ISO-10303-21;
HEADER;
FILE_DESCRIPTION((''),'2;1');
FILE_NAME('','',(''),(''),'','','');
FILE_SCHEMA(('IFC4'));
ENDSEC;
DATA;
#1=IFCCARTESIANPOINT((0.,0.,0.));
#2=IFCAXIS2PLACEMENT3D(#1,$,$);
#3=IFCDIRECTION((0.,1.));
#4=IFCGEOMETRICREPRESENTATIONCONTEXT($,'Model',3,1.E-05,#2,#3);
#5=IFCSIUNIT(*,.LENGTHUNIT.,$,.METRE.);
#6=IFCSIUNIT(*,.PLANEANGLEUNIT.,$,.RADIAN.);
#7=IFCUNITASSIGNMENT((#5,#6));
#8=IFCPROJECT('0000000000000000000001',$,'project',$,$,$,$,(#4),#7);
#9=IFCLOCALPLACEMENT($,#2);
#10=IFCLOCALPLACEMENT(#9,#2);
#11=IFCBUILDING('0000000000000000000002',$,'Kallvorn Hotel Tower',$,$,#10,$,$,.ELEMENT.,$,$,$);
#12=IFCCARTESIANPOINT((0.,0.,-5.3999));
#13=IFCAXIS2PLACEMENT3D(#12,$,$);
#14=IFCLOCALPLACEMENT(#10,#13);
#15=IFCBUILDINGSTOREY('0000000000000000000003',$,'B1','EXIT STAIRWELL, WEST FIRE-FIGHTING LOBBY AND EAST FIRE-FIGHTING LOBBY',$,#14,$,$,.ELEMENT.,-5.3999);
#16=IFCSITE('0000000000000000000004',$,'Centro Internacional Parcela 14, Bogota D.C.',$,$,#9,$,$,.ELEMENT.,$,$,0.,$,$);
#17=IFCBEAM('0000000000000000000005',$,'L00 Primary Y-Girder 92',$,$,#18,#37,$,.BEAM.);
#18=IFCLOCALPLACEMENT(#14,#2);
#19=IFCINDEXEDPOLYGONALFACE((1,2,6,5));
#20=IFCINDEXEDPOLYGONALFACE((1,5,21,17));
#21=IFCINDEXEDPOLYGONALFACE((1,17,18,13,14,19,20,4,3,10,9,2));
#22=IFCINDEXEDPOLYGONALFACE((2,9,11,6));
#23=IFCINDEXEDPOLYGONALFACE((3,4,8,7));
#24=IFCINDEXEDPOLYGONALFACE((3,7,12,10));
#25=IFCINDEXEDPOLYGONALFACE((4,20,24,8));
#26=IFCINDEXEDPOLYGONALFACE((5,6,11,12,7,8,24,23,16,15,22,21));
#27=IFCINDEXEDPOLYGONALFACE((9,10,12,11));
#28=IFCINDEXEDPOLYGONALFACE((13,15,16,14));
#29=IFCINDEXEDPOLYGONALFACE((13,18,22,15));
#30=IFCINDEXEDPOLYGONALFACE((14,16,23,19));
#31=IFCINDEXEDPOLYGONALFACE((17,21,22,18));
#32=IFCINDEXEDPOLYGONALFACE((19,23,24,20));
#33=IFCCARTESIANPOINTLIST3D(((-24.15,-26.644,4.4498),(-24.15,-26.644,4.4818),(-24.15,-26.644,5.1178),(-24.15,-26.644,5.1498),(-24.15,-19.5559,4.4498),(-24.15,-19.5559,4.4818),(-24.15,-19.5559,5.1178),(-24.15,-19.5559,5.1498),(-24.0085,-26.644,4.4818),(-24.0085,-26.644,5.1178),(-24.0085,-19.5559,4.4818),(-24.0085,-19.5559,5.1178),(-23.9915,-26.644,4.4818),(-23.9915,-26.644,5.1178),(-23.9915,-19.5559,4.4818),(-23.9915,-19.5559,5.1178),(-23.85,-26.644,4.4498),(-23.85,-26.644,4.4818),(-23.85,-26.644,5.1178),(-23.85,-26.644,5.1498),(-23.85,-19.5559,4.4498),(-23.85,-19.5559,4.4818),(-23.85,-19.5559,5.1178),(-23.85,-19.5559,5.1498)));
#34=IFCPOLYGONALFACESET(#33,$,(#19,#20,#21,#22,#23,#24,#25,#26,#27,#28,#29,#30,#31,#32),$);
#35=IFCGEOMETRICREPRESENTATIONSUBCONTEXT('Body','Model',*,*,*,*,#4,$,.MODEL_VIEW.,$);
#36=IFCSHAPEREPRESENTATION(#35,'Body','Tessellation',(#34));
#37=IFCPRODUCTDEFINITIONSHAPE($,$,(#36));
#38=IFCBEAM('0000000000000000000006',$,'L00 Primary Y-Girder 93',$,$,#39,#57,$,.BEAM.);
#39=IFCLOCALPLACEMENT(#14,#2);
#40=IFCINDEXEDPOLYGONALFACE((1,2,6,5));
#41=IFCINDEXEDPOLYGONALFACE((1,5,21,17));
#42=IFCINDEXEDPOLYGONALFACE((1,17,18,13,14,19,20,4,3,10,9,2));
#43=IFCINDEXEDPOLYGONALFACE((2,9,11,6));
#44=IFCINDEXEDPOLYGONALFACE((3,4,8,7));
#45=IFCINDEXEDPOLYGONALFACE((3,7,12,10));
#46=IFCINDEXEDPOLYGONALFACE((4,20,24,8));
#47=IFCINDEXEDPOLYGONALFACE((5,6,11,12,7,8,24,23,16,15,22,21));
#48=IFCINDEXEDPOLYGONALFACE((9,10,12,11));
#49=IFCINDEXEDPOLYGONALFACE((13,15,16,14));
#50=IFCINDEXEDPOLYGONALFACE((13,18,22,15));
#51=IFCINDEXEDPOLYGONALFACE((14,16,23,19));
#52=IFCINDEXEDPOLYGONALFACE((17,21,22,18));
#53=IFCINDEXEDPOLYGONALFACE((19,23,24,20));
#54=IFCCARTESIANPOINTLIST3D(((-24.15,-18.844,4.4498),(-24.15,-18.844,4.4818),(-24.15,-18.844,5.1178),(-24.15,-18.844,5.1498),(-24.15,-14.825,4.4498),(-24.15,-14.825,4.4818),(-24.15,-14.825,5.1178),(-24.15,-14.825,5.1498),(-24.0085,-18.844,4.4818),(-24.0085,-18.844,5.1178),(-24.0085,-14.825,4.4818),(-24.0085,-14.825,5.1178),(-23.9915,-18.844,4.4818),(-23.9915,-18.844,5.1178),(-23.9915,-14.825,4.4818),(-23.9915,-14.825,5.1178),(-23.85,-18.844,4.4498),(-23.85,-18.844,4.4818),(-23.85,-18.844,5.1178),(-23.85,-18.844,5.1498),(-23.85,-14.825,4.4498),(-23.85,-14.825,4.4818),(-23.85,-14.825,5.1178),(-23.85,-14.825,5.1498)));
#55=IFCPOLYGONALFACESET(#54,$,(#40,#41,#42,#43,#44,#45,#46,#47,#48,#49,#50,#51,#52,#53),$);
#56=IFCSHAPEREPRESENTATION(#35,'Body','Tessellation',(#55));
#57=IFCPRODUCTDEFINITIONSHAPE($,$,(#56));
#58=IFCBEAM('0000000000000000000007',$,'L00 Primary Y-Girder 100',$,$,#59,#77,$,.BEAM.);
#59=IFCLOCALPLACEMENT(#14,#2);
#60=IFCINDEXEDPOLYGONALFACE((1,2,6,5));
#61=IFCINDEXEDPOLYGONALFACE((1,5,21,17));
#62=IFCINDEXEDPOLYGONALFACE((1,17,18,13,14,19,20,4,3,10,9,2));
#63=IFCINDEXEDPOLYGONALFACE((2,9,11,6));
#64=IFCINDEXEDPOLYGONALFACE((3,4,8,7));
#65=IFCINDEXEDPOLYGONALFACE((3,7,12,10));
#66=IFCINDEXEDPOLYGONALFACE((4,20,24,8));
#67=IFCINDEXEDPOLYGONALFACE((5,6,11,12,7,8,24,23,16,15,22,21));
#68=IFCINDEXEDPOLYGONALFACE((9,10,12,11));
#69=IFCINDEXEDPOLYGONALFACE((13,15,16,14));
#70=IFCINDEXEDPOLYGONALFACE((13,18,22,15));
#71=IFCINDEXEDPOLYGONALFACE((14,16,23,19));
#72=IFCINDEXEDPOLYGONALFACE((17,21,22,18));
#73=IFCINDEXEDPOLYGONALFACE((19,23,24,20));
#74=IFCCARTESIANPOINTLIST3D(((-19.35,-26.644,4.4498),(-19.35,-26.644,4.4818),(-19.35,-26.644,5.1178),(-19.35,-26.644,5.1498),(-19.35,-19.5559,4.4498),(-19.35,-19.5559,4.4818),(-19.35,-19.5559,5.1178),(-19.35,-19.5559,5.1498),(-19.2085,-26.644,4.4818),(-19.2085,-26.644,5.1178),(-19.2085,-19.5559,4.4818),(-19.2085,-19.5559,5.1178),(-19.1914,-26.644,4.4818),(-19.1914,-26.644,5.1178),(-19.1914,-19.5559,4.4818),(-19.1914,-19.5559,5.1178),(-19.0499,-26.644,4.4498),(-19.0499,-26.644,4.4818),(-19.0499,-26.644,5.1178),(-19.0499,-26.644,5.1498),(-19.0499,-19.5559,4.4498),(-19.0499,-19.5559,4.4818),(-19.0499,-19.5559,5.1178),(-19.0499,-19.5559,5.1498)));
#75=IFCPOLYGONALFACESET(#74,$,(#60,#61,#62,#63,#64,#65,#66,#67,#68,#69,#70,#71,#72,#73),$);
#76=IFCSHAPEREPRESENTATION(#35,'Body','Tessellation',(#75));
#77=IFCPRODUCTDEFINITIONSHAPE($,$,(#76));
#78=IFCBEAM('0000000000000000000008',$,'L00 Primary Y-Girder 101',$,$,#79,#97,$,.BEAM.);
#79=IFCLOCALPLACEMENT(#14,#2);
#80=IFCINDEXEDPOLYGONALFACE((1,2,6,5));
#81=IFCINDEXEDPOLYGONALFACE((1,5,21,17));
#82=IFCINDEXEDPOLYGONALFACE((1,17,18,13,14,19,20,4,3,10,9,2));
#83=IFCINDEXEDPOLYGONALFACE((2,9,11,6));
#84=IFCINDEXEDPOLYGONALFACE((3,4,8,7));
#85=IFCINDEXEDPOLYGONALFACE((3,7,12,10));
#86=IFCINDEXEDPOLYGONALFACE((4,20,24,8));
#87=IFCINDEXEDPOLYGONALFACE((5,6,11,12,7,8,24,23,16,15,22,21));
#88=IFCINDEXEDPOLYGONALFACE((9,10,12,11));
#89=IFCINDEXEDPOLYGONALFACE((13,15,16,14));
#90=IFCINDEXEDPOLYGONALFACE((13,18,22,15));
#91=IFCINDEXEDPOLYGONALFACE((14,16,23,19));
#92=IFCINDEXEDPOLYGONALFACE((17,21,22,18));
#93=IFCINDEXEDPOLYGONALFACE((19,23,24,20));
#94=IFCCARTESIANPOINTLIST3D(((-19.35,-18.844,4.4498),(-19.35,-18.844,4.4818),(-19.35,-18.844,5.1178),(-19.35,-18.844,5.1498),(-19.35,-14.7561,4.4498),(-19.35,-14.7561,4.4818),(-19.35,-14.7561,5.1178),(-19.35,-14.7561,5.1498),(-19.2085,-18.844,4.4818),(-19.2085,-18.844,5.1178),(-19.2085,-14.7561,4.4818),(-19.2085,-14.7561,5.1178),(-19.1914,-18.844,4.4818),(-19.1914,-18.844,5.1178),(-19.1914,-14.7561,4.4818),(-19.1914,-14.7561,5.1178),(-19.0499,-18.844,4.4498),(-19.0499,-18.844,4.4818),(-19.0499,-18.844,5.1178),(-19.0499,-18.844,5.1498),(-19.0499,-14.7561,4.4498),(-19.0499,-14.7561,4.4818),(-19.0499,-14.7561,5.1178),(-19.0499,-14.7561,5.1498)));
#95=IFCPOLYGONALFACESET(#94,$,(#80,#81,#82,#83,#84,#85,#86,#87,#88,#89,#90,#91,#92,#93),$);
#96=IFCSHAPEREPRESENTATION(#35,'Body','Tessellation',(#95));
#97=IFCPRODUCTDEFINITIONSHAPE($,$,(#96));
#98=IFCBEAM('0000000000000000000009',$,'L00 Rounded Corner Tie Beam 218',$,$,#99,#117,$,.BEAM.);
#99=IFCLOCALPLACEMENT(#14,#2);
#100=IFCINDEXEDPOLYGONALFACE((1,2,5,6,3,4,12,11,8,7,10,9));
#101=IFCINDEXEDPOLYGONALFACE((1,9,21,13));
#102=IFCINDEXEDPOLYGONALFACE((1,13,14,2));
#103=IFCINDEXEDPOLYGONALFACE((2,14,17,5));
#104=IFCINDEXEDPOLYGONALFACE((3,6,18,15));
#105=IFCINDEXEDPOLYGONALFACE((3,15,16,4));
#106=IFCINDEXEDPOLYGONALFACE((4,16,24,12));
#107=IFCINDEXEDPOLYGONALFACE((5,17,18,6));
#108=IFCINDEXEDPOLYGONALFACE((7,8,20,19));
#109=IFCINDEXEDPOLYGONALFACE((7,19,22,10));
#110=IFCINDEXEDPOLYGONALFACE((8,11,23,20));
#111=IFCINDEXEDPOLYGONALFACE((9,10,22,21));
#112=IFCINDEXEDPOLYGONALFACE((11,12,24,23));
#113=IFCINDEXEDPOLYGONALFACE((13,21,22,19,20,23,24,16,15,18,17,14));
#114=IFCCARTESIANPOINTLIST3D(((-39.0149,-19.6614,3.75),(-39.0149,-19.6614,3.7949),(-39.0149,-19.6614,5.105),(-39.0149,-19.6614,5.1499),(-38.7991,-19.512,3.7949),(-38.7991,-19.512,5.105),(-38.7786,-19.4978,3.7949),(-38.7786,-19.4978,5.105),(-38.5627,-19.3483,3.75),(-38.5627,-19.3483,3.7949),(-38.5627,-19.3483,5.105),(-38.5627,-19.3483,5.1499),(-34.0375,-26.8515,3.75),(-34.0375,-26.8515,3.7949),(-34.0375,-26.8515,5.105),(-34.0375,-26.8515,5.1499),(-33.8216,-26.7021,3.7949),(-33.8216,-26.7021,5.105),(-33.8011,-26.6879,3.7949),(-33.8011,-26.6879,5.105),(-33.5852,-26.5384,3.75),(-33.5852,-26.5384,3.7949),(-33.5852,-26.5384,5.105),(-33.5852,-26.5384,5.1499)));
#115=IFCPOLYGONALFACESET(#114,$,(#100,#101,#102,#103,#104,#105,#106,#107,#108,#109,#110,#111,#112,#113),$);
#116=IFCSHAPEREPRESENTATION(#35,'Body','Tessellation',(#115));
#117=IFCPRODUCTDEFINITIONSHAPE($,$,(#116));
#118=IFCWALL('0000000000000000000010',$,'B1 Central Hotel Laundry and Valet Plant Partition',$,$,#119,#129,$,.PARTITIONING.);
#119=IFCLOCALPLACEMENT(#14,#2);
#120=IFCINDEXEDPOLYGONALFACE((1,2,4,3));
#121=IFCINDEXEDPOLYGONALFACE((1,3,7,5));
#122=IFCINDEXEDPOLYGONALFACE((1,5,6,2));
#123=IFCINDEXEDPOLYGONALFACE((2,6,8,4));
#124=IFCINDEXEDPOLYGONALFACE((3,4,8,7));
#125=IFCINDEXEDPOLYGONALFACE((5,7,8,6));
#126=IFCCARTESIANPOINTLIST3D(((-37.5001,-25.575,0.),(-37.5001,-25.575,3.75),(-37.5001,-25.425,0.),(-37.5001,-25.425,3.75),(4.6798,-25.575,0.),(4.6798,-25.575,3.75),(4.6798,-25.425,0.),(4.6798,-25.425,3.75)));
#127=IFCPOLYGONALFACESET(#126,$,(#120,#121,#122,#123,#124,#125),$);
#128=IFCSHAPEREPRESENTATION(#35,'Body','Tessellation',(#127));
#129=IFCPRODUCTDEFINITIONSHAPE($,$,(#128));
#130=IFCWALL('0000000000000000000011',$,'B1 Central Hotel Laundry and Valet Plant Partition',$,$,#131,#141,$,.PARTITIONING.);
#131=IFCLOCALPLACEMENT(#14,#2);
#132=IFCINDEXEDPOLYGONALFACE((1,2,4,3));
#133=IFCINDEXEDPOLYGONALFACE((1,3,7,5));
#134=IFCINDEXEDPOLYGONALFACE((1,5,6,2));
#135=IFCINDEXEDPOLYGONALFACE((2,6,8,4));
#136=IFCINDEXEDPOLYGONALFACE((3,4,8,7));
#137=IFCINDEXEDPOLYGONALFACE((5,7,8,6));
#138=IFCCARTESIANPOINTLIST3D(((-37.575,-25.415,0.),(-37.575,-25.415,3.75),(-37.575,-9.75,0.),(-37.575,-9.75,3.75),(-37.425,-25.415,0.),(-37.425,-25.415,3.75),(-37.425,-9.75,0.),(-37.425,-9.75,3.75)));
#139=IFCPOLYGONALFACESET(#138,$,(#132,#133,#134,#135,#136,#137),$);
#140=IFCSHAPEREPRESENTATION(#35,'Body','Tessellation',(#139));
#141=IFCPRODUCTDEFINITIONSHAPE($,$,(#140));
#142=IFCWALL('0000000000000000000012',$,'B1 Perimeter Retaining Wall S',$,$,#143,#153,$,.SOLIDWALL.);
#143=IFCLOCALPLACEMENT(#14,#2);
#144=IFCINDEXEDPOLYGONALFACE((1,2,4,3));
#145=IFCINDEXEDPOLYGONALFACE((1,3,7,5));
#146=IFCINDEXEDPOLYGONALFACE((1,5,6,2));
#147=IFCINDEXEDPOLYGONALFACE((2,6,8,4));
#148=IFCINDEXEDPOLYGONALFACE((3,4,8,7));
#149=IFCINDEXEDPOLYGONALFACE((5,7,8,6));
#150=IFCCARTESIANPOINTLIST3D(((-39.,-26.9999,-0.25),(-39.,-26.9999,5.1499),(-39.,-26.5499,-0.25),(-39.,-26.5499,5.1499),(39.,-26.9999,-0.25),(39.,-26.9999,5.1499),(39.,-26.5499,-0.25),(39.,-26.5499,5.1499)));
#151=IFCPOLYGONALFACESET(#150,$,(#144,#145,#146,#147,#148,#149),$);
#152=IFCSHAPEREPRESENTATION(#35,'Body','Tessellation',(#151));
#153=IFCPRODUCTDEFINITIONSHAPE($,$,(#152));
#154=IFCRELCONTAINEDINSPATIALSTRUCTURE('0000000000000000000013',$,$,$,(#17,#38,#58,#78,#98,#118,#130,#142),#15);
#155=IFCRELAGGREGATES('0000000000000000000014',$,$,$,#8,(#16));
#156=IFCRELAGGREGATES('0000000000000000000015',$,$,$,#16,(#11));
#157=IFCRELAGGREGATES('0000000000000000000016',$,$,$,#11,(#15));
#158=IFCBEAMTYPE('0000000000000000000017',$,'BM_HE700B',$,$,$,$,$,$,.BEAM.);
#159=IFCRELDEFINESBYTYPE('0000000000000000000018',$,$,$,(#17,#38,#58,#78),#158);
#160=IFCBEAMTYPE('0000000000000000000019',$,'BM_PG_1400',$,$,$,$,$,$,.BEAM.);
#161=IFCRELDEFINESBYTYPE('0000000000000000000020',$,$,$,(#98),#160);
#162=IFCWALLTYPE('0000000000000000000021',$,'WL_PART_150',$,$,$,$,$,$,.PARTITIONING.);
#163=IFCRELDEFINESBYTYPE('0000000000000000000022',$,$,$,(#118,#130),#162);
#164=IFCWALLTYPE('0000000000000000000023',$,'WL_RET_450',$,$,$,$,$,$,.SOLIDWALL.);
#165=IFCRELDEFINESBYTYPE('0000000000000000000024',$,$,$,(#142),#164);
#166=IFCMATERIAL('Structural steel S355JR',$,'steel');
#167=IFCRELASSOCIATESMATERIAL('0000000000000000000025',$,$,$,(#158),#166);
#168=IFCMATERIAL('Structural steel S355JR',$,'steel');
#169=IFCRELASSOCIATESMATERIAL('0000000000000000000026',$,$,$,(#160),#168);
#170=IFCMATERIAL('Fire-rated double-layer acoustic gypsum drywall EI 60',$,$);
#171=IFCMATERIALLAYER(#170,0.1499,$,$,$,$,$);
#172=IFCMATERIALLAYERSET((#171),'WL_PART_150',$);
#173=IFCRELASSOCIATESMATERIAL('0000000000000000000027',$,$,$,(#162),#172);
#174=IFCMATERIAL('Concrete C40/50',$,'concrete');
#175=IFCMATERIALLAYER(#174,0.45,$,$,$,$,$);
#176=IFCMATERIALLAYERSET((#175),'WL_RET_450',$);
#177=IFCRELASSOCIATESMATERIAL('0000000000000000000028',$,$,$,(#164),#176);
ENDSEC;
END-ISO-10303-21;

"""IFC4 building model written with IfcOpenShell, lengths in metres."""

from ifc_helpers import new_model, si_unit, direction, frame, frame_2d, origin, origin_2d, place, context, subcontext, project, spatial, rectangle, i_section, extrude, material, layer, layer_set, material_profile, profile_set, type_object, element, save


model = new_model("IFC4")

# Units and contexts
model_context = context("Model", 3, precision=1e-05, world=origin(), true_north=direction((0.0, 1.0)))
body_context = subcontext(model_context, "Body", "Model", "MODEL_VIEW")
ifc_project = project(units=[si_unit("LENGTHUNIT", "METRE"), si_unit("PLANEANGLEUNIT", "RADIAN")], contexts=[model_context])

# Site, building, storey
site_placement = place(None, origin())
site = spatial("IfcSite", under=ifc_project, at=site_placement, Name="Centro Internacional Parcela 14, Bogota D.C.", CompositionType="ELEMENT", RefElevation=0.0)
building_placement = place(site_placement, origin())
building = spatial("IfcBuilding", under=site, at=building_placement, Name="Kallvorn Hotel Tower", CompositionType="ELEMENT")
storey_placement = place(building_placement, frame((0.0, 0.0, -5.3999)))
storey = spatial("IfcBuildingStorey", under=building, at=storey_placement, Name="B1", Description="EXIT STAIRWELL, WEST FIRE-FIGHTING LOBBY AND EAST FIRE-FIGHTING LOBBY", CompositionType="ELEMENT", Elevation=-5.3999)

# Beams
ifc_material_1 = material(Name="Structural steel S355JR", Category="steel")
ifc_material_profile_1 = material_profile(ifc_material_1, i_section(OverallWidth=0.3, OverallDepth=0.7, WebThickness=0.0171, FlangeThickness=0.032, at=origin_2d()), Name="HE 700 B")
ifc_profile_set_1 = profile_set([ifc_material_profile_1], Name="Structural steel S355JR")
beam_type_1 = type_object("IfcBeamType", Name="BM_HE700B", PredefinedType="BEAM", material=ifc_profile_set_1)
beam_1_placement = place(storey_placement, frame((-24.0, -26.644, 4.7998), z_axis=(0.0, 1.0, 0.0), x_axis=(-1.0, 0.0, 0.0)))
element("IfcBeam", 1, at=beam_1_placement, inside=storey, type_object=beam_type_1, Name="L00 Primary Y-Girder 92", PredefinedType="BEAM", context=body_context, shape_type="SweptSolid", body=[
    extrude(i_section(OverallWidth=0.3, OverallDepth=0.7, WebThickness=0.0171, FlangeThickness=0.032, at=origin_2d()), origin(), (0.0, 0.0, 1.0), 7.0881),
])
beam_2_placement = place(storey_placement, frame((-24.0, -18.844, 4.7998), z_axis=(0.0, 1.0, 0.0), x_axis=(-1.0, 0.0, 0.0)))
element("IfcBeam", 2, at=beam_2_placement, inside=storey, type_object=beam_type_1, Name="L00 Primary Y-Girder 93", PredefinedType="BEAM", context=body_context, shape_type="SweptSolid", body=[
    extrude(i_section(OverallWidth=0.3, OverallDepth=0.7, WebThickness=0.0171, FlangeThickness=0.032, at=origin_2d()), origin(), (0.0, 0.0, 1.0), 4.019),
])
beam_3_placement = place(storey_placement, frame((-19.2, -26.644, 4.7998), z_axis=(0.0, 1.0, 0.0), x_axis=(-1.0, 0.0, 0.0)))
element("IfcBeam", 3, at=beam_3_placement, inside=storey, type_object=beam_type_1, Name="L00 Primary Y-Girder 100", PredefinedType="BEAM", context=body_context, shape_type="SweptSolid", body=[
    extrude(i_section(OverallWidth=0.3, OverallDepth=0.7, WebThickness=0.0171, FlangeThickness=0.032, at=origin_2d()), origin(), (0.0, 0.0, 1.0), 7.0881),
])
beam_4_placement = place(storey_placement, frame((-19.2, -18.844, 4.7998), z_axis=(0.0, 1.0, 0.0), x_axis=(-1.0, 0.0, 0.0)))
element("IfcBeam", 4, at=beam_4_placement, inside=storey, type_object=beam_type_1, Name="L00 Primary Y-Girder 101", PredefinedType="BEAM", context=body_context, shape_type="SweptSolid", body=[
    extrude(i_section(OverallWidth=0.3, OverallDepth=0.7, WebThickness=0.0171, FlangeThickness=0.032, at=origin_2d()), origin(), (0.0, 0.0, 1.0), 4.0879),
])
ifc_material_2 = material(Name="Structural steel S355JR", Category="steel")
ifc_material_profile_2 = material_profile(ifc_material_2, i_section(OverallWidth=0.55, OverallDepth=1.3999, WebThickness=0.0249, FlangeThickness=0.0449, at=origin_2d()), Name="PG 1400x550x25x45")
ifc_profile_set_2 = profile_set([ifc_material_profile_2], Name="Structural steel S355JR")
beam_type_2 = type_object("IfcBeamType", Name="BM_PG_1400", PredefinedType="BEAM", material=ifc_profile_set_2)
beam_5_placement = place(storey_placement, frame((-38.7888, -19.5049, 4.45), z_axis=(0.569188, -0.822207, 0.0), x_axis=(0.822207, 0.569188, 0.0)))
element("IfcBeam", 5, at=beam_5_placement, inside=storey, type_object=beam_type_2, Name="L00 Rounded Corner Tie Beam 218", PredefinedType="BEAM", context=body_context, shape_type="SweptSolid", body=[
    extrude(i_section(OverallWidth=0.55, OverallDepth=1.3999, WebThickness=0.0249, FlangeThickness=0.0449, at=origin_2d()), origin(), (0.0, 0.0, 1.0), 8.7449),
])

# Walls
ifc_material_3 = material(Name="Fire-rated double-layer acoustic gypsum drywall EI 60")
ifc_layer_1 = layer(ifc_material_3, 0.1499)
ifc_layer_set_1 = layer_set([ifc_layer_1], Name="WL_PART_150")
wall_type_1 = type_object("IfcWallType", Name="WL_PART_150", PredefinedType="PARTITIONING", material=ifc_layer_set_1)
wall_1_placement = place(storey_placement, frame((-37.5, -25.5, 0.0), z_axis=(0.0, 0.0, 1.0), x_axis=(1.0, 0.0, 0.0)))
element("IfcWall", 6, at=wall_1_placement, inside=storey, type_object=wall_type_1, Name="B1 Central Hotel Laundry and Valet Plant Partition", PredefinedType="PARTITIONING", context=body_context, shape_type="SweptSolid", body=[
    extrude(rectangle(XDim=42.1799, YDim=0.1499, at=frame_2d((21.0898, 0.0))), origin(), (0.0, 0.0, 1.0), 3.75),
])
wall_2_placement = place(storey_placement, frame((-37.5, -25.415, 0.0), z_axis=(0.0, 0.0, 1.0), x_axis=(0.0, 1.0, 0.0)))
element("IfcWall", 7, at=wall_2_placement, inside=storey, type_object=wall_type_1, Name="B1 Central Hotel Laundry and Valet Plant Partition", PredefinedType="PARTITIONING", context=body_context, shape_type="SweptSolid", body=[
    extrude(rectangle(XDim=15.665, YDim=0.1499, at=frame_2d((7.8325, 0.0))), origin(), (0.0, 0.0, 1.0), 3.75),
])
ifc_material_4 = material(Name="Concrete C40/50", Category="concrete")
ifc_layer_2 = layer(ifc_material_4, 0.45)
ifc_layer_set_2 = layer_set([ifc_layer_2], Name="WL_RET_450")
wall_type_2 = type_object("IfcWallType", Name="WL_RET_450", PredefinedType="SOLIDWALL", material=ifc_layer_set_2)
wall_3_placement = place(storey_placement, frame((-39.0, -26.7749, -0.25), z_axis=(0.0, 0.0, 1.0), x_axis=(1.0, 0.0, 0.0)))
element("IfcWall", 8, at=wall_3_placement, inside=storey, type_object=wall_type_2, Name="B1 Perimeter Retaining Wall S", PredefinedType="SOLIDWALL", context=body_context, shape_type="SweptSolid", body=[
    extrude(rectangle(XDim=78.0, YDim=0.45, at=frame_2d((39.0, 0.0))), origin(), (0.0, 0.0, 1.0), 5.3999),
])

save(model, "model.ifc")
